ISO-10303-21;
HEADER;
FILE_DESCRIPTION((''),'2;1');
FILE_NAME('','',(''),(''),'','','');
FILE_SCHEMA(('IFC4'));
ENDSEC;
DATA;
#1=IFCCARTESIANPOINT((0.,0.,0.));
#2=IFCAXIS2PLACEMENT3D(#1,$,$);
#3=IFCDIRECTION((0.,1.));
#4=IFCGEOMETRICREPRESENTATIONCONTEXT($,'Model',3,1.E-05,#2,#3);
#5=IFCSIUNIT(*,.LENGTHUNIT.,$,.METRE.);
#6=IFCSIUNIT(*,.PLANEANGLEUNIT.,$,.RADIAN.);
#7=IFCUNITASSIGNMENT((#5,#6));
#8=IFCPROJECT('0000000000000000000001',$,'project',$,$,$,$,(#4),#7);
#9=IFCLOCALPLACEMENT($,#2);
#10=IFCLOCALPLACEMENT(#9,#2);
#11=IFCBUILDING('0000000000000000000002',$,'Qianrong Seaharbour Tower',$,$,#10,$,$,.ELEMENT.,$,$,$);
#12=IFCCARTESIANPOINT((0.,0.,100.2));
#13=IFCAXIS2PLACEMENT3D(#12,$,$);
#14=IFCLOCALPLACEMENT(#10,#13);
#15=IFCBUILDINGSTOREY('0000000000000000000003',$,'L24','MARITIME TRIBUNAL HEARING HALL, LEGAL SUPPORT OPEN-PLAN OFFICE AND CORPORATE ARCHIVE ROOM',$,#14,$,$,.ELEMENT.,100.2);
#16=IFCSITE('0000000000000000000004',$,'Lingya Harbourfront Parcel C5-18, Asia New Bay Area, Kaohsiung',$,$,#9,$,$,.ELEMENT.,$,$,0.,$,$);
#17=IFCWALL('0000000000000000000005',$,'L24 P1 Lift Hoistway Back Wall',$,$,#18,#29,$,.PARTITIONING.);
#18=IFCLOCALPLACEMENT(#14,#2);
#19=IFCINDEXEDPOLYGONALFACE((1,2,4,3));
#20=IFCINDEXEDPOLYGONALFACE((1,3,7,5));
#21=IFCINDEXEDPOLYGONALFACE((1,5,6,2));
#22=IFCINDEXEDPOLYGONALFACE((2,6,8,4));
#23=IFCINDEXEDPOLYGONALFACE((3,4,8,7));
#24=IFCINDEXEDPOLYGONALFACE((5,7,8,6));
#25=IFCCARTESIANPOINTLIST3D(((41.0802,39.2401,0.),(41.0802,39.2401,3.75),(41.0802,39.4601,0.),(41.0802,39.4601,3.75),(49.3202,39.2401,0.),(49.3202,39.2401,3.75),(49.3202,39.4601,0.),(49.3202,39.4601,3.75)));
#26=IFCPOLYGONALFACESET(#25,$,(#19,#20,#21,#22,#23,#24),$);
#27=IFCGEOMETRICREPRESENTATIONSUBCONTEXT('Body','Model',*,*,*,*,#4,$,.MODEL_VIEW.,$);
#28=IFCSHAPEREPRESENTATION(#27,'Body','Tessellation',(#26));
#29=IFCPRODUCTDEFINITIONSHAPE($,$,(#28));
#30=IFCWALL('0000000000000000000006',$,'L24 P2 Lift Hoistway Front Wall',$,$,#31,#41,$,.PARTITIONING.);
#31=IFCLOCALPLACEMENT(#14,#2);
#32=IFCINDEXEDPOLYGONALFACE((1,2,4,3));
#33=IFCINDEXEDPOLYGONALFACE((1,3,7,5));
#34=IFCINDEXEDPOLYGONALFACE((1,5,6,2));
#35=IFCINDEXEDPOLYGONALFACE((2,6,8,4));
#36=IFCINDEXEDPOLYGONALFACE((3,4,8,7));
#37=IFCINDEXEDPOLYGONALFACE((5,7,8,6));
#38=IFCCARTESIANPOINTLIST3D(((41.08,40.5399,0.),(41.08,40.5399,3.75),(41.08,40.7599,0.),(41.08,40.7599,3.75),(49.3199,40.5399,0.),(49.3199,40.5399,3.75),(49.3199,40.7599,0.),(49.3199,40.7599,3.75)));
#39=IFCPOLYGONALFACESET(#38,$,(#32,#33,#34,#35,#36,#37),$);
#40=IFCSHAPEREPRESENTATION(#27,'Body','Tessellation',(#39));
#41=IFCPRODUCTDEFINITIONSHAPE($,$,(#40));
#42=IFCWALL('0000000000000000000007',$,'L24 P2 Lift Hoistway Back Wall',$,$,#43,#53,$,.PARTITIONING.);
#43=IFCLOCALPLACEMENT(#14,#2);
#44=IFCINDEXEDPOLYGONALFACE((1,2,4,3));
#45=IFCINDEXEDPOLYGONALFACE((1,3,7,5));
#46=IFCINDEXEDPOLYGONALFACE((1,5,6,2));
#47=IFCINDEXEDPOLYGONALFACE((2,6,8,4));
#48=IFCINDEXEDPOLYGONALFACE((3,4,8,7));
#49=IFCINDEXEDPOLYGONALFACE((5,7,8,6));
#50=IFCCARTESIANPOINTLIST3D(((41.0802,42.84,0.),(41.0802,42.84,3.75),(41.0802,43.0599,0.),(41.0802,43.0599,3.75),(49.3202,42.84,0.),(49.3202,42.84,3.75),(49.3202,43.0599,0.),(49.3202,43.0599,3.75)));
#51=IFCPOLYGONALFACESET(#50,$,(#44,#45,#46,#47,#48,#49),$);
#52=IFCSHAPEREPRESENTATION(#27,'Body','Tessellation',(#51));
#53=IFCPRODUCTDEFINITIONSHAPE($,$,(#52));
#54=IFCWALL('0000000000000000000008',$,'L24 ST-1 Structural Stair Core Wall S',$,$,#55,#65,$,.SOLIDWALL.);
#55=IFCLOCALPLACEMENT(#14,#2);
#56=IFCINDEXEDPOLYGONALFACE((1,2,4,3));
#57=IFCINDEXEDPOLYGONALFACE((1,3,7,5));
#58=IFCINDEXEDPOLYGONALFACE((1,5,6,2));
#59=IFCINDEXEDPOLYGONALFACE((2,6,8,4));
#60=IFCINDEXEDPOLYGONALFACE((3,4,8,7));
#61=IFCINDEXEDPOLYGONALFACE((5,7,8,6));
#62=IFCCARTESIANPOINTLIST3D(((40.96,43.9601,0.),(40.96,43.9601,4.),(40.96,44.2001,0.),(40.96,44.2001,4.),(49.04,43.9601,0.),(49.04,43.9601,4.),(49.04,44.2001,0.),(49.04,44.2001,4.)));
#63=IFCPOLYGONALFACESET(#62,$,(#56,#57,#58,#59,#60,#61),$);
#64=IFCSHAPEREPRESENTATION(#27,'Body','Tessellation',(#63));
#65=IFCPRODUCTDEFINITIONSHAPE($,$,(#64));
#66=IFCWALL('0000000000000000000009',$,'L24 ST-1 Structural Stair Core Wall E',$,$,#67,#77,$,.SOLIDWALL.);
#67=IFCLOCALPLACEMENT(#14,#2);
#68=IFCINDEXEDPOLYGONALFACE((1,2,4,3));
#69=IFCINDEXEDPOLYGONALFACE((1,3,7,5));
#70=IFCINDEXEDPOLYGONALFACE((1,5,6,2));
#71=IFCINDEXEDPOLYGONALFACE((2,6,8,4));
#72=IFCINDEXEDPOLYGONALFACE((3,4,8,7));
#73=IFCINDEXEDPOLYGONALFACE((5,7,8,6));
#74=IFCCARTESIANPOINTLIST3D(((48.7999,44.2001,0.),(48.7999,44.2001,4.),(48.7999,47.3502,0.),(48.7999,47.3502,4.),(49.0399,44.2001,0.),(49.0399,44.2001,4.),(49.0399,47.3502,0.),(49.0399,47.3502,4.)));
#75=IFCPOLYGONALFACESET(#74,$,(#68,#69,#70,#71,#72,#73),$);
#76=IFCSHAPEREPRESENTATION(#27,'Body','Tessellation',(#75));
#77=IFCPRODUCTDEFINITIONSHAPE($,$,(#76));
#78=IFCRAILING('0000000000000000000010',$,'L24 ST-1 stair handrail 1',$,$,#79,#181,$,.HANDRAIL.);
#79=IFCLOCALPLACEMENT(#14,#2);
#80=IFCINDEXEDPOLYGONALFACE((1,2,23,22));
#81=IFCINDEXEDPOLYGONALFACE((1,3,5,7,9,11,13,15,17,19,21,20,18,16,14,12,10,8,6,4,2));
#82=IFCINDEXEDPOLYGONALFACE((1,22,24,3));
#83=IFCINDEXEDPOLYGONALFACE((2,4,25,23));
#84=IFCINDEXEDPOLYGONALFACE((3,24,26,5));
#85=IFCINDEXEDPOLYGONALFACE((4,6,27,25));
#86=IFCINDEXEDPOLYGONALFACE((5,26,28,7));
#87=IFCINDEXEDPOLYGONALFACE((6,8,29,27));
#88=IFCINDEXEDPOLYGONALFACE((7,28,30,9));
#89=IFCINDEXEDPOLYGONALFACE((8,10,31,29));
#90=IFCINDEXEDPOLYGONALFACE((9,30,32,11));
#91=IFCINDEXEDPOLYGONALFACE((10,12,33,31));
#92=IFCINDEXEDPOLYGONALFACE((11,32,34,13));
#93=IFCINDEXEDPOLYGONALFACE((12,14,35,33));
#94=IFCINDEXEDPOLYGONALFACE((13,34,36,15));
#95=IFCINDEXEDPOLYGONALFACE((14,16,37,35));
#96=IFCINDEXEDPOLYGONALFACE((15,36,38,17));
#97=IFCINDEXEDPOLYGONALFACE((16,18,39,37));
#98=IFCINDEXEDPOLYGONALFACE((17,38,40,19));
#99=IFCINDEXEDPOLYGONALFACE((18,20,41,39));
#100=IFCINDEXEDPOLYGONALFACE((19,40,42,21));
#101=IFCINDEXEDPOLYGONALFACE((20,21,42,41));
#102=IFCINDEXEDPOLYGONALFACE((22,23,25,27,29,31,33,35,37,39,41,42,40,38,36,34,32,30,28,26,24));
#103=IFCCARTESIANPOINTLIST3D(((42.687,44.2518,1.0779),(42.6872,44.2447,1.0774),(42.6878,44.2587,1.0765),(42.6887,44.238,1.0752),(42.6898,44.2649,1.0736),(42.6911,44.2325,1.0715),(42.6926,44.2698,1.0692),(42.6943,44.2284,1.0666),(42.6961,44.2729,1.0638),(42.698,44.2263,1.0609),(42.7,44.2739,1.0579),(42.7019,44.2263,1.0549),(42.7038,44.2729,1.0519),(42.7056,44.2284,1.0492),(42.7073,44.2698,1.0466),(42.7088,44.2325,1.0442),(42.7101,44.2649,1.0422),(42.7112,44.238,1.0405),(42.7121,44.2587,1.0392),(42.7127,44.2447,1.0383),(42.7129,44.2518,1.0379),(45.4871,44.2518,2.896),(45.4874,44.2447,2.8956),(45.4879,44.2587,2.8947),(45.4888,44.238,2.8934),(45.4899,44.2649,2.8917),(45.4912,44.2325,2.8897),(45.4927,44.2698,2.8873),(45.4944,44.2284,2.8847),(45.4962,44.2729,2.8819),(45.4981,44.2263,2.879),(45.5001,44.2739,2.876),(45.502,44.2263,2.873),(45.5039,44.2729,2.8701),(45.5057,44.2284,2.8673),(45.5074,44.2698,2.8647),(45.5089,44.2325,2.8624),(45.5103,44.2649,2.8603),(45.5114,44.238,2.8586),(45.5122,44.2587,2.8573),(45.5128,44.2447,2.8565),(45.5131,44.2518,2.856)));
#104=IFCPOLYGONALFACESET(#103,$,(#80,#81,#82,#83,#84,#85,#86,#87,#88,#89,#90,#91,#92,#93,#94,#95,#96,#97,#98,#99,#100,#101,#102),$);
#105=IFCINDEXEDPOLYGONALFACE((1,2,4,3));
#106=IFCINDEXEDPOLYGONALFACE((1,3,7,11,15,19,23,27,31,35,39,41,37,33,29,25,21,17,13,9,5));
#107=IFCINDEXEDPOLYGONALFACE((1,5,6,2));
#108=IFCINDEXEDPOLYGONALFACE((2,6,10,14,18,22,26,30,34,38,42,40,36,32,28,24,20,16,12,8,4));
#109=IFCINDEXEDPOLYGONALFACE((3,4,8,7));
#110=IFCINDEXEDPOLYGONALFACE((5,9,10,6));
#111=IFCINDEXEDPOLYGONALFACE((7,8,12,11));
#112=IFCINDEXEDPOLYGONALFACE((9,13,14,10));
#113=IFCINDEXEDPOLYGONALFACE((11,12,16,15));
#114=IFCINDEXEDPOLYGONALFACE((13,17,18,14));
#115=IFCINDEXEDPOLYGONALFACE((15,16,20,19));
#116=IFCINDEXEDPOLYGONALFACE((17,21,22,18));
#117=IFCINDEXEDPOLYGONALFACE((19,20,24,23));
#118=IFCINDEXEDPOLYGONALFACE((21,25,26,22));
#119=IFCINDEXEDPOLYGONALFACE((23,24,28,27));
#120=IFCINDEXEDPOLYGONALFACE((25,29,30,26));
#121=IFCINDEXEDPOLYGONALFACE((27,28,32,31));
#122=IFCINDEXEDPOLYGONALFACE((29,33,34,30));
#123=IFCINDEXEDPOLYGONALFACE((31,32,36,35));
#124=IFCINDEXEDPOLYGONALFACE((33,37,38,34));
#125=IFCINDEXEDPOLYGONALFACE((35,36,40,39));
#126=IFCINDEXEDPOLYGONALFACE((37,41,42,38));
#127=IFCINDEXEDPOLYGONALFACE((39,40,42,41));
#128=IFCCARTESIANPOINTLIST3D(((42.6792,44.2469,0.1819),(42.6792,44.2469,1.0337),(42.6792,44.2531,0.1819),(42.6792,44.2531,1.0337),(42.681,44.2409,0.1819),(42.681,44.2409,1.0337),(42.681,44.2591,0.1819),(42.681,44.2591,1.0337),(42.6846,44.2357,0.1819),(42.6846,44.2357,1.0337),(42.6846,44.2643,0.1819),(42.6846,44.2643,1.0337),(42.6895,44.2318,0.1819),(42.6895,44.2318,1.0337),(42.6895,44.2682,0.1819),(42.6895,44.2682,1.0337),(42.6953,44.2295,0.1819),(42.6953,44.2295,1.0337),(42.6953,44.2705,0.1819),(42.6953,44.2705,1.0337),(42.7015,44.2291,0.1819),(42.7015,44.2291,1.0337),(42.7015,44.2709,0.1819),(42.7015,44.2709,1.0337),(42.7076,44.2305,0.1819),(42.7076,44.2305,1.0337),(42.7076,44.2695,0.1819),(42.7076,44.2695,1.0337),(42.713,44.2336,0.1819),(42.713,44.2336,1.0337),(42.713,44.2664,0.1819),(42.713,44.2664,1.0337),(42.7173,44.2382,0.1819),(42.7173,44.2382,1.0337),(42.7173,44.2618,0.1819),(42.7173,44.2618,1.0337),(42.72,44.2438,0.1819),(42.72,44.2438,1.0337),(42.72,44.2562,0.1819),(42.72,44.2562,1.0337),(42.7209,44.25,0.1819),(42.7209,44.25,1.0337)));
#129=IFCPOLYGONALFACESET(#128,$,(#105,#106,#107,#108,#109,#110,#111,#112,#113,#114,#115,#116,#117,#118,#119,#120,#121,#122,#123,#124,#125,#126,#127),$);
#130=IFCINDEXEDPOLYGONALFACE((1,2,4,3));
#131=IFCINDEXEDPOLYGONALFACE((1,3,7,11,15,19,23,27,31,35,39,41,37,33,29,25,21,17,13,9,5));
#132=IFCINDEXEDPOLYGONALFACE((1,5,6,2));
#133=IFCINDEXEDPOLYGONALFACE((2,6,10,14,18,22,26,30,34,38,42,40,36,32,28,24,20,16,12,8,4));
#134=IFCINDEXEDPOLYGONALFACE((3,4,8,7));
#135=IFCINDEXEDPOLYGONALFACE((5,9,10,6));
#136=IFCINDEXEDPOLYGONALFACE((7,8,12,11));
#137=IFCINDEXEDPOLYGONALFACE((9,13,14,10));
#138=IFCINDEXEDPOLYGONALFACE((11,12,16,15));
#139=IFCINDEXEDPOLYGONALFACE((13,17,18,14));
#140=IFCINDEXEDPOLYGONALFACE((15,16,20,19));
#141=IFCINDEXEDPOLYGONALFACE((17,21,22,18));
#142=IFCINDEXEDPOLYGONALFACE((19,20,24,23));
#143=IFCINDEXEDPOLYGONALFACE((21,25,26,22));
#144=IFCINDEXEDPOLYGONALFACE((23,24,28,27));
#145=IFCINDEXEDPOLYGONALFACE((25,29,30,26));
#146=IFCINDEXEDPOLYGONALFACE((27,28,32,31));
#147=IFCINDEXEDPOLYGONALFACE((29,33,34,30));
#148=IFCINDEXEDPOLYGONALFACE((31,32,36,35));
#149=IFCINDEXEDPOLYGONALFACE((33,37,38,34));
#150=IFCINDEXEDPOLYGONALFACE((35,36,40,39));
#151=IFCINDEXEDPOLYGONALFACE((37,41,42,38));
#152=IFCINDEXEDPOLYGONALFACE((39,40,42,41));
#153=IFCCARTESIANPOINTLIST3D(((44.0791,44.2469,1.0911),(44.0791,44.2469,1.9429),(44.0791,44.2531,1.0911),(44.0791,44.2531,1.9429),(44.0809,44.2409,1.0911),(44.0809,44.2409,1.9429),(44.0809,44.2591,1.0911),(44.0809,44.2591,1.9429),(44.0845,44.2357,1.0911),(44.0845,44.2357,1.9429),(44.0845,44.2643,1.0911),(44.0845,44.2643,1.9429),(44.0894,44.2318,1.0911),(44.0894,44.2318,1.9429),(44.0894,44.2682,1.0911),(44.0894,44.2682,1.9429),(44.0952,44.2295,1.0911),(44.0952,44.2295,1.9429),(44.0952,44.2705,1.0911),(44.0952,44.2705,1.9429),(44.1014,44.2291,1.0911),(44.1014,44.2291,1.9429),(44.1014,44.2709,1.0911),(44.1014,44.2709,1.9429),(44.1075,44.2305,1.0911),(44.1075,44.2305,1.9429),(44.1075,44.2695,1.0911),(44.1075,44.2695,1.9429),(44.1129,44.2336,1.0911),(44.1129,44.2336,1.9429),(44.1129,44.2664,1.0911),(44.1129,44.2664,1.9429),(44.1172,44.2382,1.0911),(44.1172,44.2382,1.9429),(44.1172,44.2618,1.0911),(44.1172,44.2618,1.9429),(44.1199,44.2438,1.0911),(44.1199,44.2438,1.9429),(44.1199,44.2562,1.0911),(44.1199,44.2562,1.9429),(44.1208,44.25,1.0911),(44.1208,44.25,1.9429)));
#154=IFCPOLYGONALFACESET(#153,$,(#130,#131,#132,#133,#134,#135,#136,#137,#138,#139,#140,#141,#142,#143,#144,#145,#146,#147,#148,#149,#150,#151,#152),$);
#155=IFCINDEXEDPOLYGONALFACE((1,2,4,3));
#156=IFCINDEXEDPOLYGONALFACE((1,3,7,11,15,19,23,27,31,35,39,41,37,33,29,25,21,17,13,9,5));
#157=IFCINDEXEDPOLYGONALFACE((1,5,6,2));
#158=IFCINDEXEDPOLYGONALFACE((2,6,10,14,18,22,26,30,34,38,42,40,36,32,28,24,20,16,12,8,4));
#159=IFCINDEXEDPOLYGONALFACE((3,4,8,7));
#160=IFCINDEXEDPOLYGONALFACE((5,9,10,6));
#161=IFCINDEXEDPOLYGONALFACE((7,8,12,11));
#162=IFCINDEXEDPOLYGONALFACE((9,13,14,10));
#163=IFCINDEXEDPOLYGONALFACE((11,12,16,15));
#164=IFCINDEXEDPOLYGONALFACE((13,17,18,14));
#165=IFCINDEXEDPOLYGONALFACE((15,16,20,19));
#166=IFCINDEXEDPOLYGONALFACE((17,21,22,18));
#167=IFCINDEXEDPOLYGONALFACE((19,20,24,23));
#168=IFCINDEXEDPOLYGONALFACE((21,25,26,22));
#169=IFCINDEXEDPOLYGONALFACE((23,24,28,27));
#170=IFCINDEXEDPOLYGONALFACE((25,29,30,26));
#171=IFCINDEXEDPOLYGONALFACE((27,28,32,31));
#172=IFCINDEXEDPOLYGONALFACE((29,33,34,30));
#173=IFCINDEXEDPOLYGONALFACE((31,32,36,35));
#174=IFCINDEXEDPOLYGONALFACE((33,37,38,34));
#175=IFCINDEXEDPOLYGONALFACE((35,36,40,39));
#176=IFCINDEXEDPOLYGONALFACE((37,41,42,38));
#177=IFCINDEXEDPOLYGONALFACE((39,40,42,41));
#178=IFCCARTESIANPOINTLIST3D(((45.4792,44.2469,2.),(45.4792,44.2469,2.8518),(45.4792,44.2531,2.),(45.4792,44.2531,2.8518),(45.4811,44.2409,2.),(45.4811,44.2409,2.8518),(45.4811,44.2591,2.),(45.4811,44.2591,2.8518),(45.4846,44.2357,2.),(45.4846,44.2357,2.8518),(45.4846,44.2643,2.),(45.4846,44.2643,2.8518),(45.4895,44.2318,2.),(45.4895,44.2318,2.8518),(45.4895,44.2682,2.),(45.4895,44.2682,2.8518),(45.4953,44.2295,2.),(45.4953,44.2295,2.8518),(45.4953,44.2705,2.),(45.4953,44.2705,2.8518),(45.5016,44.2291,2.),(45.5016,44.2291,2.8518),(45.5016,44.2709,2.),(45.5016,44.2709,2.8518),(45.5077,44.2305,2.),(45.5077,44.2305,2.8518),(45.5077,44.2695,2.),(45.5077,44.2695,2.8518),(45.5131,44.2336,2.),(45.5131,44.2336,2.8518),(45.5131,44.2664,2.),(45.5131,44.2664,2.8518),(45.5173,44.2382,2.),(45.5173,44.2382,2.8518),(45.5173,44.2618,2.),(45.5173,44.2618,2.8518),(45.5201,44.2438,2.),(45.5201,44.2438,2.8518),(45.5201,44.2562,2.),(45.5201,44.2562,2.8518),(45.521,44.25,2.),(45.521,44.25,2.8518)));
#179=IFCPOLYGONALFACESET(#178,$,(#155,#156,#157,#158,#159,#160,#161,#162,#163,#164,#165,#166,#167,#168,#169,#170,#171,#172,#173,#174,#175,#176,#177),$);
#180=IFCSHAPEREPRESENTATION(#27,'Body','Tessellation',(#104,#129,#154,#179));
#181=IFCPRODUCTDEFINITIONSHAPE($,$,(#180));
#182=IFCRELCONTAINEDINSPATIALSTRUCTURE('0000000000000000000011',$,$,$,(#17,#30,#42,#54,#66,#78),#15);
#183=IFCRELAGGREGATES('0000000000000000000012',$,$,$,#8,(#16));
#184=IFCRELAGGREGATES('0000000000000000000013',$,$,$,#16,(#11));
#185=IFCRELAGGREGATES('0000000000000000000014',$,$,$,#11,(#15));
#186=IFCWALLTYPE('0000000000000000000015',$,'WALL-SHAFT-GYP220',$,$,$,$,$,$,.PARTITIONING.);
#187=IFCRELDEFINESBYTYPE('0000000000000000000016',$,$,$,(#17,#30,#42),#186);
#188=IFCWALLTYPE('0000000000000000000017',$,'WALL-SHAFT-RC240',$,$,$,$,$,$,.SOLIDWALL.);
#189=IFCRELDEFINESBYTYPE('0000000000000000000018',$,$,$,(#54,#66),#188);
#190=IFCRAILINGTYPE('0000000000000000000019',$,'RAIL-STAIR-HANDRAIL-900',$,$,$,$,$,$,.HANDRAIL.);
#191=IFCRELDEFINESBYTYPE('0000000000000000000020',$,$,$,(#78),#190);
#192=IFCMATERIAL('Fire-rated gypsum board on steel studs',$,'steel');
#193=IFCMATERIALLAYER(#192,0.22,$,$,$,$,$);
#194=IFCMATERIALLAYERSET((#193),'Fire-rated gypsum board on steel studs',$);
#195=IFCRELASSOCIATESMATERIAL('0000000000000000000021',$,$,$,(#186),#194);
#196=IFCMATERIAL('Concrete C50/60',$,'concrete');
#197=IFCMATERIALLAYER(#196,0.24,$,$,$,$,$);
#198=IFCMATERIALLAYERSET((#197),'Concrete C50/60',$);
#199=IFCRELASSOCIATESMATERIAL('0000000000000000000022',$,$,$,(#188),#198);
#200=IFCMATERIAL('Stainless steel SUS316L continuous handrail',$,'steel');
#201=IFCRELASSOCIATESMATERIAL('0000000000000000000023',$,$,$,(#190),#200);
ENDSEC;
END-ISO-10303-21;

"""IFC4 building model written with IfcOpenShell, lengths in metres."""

from ifc_helpers import new_model, si_unit, direction, frame, frame_2d, origin, origin_2d, place, context, subcontext, project, spatial, rectangle, circle, extrude, material, layer, layer_set, type_object, element, save


model = new_model("IFC4")

# Units and contexts
model_context = context("Model", 3, precision=1e-05, world=origin(), true_north=direction((0.0, 1.0)))
body_context = subcontext(model_context, "Body", "Model", "MODEL_VIEW")
ifc_project = project(units=[si_unit("LENGTHUNIT", "METRE"), si_unit("PLANEANGLEUNIT", "RADIAN")], contexts=[model_context])

# Site, building, storey
site_placement = place(None, origin())
site = spatial("IfcSite", under=ifc_project, at=site_placement, Name="Lingya Harbourfront Parcel C5-18, Asia New Bay Area, Kaohsiung", CompositionType="ELEMENT", RefElevation=0.0)
building_placement = place(site_placement, origin())
building = spatial("IfcBuilding", under=site, at=building_placement, Name="Qianrong Seaharbour Tower", CompositionType="ELEMENT")
storey_placement = place(building_placement, frame((0.0, 0.0, 100.2)))
storey = spatial("IfcBuildingStorey", under=building, at=storey_placement, Name="L24", Description="MARITIME TRIBUNAL HEARING HALL, LEGAL SUPPORT OPEN-PLAN OFFICE AND CORPORATE ARCHIVE ROOM", CompositionType="ELEMENT", Elevation=100.2)

# Shared definitions
ifc_material_1 = material(Name="Fire-rated gypsum board on steel studs", Category="steel")

# Shared definitions
ifc_layer_1 = layer(ifc_material_1, 0.22)
ifc_layer_set_1 = layer_set([ifc_layer_1], Name="Fire-rated gypsum board on steel studs")
wall_type_1 = type_object("IfcWallType", Name="WALL-SHAFT-GYP220", PredefinedType="PARTITIONING", material=ifc_layer_set_1)

# Walls
for number, where, z_axis, x_axis, name in (
    (1, (41.0801, 39.3501, 0.0), (0.0, 0.0, 1.0), (1.0, 0.0, 0.0), "L24 P1 Lift Hoistway Back Wall"),
    (2, (49.3201, 40.6499, 0.0), (0.0, 0.0, 1.0), (-1.0, 0.0, 0.0), "L24 P2 Lift Hoistway Front Wall"),
    (3, (41.0801, 42.95, 0.0), (0.0, 0.0, 1.0), (1.0, 0.0, 0.0), "L24 P2 Lift Hoistway Back Wall"),
):
    element("IfcWall", number, at=place(storey_placement, frame(where, z_axis=z_axis, x_axis=x_axis)), inside=storey, type_object=wall_type_1, Name=name, PredefinedType="PARTITIONING", context=body_context, shape_type="SweptSolid", body=[
        extrude(rectangle(XDim=8.24, YDim=0.22, at=frame_2d((4.1201, 0.0))), origin(), (0.0, 0.0, 1.0), 3.75),
    ])
ifc_material_2 = material(Name="Concrete C50/60", Category="concrete")
ifc_layer_2 = layer(ifc_material_2, 0.24)
ifc_layer_set_2 = layer_set([ifc_layer_2], Name="Concrete C50/60")
wall_type_2 = type_object("IfcWallType", Name="WALL-SHAFT-RC240", PredefinedType="SOLIDWALL", material=ifc_layer_set_2)
wall_1_placement = place(storey_placement, frame((49.04, 44.0801, 0.0), z_axis=(0.0, 0.0, 1.0), x_axis=(-1.0, 0.0, 0.0)))
element("IfcWall", 4, at=wall_1_placement, inside=storey, type_object=wall_type_2, Name="L24 ST-1 Structural Stair Core Wall S", PredefinedType="SOLIDWALL", context=body_context, shape_type="SweptSolid", body=[
    extrude(rectangle(XDim=8.0801, YDim=0.24, at=frame_2d((4.04, 0.0))), origin(), (0.0, 0.0, 1.0), 4.0),
])
wall_2_placement = place(storey_placement, frame((48.9199, 44.2, 0.0), z_axis=(0.0, 0.0, 1.0), x_axis=(0.0, 1.0, 0.0)))
element("IfcWall", 5, at=wall_2_placement, inside=storey, type_object=wall_type_2, Name="L24 ST-1 Structural Stair Core Wall E", PredefinedType="SOLIDWALL", context=body_context, shape_type="SweptSolid", body=[
    extrude(rectangle(XDim=3.1501, YDim=0.24, at=frame_2d((1.5752, 0.0))), origin(), (0.0, 0.0, 1.0), 4.0),
])

# Railing
ifc_material_3 = material(Name="Stainless steel SUS316L continuous handrail", Category="steel")
railing_type = type_object("IfcRailingType", Name="RAIL-STAIR-HANDRAIL-900", PredefinedType="HANDRAIL", material=ifc_material_3)
railing_placement = place(storey_placement, frame((42.7, 44.25, 0.1819)))
element("IfcRailing", 6, at=railing_placement, inside=storey, type_object=railing_type, Name="L24 ST-1 stair handrail 1", PredefinedType="HANDRAIL", context=body_context, shape_type="SweptSolid", body=[
    extrude(circle(Radius=0.0239, at=origin_2d()), frame((0.0, 0.0, 0.876), z_axis=(0.838706, 0.0, 0.544585), x_axis=(0.0, 1.0, 0.0)), (0.0, 0.0, 1.0), 3.3386),
    extrude(circle(Radius=0.021, at=origin_2d()), origin(), (0.0, 0.0, 1.0), 0.8518),
    extrude(circle(Radius=0.021, at=origin_2d()), frame((1.3999, 0.0, 0.9092)), (0.0, 0.0, 1.0), 0.8518),
    extrude(circle(Radius=0.021, at=origin_2d()), frame((2.8, 0.0, 1.8181)), (0.0, 0.0, 1.0), 0.8518),
])

save(model, "model.ifc")
